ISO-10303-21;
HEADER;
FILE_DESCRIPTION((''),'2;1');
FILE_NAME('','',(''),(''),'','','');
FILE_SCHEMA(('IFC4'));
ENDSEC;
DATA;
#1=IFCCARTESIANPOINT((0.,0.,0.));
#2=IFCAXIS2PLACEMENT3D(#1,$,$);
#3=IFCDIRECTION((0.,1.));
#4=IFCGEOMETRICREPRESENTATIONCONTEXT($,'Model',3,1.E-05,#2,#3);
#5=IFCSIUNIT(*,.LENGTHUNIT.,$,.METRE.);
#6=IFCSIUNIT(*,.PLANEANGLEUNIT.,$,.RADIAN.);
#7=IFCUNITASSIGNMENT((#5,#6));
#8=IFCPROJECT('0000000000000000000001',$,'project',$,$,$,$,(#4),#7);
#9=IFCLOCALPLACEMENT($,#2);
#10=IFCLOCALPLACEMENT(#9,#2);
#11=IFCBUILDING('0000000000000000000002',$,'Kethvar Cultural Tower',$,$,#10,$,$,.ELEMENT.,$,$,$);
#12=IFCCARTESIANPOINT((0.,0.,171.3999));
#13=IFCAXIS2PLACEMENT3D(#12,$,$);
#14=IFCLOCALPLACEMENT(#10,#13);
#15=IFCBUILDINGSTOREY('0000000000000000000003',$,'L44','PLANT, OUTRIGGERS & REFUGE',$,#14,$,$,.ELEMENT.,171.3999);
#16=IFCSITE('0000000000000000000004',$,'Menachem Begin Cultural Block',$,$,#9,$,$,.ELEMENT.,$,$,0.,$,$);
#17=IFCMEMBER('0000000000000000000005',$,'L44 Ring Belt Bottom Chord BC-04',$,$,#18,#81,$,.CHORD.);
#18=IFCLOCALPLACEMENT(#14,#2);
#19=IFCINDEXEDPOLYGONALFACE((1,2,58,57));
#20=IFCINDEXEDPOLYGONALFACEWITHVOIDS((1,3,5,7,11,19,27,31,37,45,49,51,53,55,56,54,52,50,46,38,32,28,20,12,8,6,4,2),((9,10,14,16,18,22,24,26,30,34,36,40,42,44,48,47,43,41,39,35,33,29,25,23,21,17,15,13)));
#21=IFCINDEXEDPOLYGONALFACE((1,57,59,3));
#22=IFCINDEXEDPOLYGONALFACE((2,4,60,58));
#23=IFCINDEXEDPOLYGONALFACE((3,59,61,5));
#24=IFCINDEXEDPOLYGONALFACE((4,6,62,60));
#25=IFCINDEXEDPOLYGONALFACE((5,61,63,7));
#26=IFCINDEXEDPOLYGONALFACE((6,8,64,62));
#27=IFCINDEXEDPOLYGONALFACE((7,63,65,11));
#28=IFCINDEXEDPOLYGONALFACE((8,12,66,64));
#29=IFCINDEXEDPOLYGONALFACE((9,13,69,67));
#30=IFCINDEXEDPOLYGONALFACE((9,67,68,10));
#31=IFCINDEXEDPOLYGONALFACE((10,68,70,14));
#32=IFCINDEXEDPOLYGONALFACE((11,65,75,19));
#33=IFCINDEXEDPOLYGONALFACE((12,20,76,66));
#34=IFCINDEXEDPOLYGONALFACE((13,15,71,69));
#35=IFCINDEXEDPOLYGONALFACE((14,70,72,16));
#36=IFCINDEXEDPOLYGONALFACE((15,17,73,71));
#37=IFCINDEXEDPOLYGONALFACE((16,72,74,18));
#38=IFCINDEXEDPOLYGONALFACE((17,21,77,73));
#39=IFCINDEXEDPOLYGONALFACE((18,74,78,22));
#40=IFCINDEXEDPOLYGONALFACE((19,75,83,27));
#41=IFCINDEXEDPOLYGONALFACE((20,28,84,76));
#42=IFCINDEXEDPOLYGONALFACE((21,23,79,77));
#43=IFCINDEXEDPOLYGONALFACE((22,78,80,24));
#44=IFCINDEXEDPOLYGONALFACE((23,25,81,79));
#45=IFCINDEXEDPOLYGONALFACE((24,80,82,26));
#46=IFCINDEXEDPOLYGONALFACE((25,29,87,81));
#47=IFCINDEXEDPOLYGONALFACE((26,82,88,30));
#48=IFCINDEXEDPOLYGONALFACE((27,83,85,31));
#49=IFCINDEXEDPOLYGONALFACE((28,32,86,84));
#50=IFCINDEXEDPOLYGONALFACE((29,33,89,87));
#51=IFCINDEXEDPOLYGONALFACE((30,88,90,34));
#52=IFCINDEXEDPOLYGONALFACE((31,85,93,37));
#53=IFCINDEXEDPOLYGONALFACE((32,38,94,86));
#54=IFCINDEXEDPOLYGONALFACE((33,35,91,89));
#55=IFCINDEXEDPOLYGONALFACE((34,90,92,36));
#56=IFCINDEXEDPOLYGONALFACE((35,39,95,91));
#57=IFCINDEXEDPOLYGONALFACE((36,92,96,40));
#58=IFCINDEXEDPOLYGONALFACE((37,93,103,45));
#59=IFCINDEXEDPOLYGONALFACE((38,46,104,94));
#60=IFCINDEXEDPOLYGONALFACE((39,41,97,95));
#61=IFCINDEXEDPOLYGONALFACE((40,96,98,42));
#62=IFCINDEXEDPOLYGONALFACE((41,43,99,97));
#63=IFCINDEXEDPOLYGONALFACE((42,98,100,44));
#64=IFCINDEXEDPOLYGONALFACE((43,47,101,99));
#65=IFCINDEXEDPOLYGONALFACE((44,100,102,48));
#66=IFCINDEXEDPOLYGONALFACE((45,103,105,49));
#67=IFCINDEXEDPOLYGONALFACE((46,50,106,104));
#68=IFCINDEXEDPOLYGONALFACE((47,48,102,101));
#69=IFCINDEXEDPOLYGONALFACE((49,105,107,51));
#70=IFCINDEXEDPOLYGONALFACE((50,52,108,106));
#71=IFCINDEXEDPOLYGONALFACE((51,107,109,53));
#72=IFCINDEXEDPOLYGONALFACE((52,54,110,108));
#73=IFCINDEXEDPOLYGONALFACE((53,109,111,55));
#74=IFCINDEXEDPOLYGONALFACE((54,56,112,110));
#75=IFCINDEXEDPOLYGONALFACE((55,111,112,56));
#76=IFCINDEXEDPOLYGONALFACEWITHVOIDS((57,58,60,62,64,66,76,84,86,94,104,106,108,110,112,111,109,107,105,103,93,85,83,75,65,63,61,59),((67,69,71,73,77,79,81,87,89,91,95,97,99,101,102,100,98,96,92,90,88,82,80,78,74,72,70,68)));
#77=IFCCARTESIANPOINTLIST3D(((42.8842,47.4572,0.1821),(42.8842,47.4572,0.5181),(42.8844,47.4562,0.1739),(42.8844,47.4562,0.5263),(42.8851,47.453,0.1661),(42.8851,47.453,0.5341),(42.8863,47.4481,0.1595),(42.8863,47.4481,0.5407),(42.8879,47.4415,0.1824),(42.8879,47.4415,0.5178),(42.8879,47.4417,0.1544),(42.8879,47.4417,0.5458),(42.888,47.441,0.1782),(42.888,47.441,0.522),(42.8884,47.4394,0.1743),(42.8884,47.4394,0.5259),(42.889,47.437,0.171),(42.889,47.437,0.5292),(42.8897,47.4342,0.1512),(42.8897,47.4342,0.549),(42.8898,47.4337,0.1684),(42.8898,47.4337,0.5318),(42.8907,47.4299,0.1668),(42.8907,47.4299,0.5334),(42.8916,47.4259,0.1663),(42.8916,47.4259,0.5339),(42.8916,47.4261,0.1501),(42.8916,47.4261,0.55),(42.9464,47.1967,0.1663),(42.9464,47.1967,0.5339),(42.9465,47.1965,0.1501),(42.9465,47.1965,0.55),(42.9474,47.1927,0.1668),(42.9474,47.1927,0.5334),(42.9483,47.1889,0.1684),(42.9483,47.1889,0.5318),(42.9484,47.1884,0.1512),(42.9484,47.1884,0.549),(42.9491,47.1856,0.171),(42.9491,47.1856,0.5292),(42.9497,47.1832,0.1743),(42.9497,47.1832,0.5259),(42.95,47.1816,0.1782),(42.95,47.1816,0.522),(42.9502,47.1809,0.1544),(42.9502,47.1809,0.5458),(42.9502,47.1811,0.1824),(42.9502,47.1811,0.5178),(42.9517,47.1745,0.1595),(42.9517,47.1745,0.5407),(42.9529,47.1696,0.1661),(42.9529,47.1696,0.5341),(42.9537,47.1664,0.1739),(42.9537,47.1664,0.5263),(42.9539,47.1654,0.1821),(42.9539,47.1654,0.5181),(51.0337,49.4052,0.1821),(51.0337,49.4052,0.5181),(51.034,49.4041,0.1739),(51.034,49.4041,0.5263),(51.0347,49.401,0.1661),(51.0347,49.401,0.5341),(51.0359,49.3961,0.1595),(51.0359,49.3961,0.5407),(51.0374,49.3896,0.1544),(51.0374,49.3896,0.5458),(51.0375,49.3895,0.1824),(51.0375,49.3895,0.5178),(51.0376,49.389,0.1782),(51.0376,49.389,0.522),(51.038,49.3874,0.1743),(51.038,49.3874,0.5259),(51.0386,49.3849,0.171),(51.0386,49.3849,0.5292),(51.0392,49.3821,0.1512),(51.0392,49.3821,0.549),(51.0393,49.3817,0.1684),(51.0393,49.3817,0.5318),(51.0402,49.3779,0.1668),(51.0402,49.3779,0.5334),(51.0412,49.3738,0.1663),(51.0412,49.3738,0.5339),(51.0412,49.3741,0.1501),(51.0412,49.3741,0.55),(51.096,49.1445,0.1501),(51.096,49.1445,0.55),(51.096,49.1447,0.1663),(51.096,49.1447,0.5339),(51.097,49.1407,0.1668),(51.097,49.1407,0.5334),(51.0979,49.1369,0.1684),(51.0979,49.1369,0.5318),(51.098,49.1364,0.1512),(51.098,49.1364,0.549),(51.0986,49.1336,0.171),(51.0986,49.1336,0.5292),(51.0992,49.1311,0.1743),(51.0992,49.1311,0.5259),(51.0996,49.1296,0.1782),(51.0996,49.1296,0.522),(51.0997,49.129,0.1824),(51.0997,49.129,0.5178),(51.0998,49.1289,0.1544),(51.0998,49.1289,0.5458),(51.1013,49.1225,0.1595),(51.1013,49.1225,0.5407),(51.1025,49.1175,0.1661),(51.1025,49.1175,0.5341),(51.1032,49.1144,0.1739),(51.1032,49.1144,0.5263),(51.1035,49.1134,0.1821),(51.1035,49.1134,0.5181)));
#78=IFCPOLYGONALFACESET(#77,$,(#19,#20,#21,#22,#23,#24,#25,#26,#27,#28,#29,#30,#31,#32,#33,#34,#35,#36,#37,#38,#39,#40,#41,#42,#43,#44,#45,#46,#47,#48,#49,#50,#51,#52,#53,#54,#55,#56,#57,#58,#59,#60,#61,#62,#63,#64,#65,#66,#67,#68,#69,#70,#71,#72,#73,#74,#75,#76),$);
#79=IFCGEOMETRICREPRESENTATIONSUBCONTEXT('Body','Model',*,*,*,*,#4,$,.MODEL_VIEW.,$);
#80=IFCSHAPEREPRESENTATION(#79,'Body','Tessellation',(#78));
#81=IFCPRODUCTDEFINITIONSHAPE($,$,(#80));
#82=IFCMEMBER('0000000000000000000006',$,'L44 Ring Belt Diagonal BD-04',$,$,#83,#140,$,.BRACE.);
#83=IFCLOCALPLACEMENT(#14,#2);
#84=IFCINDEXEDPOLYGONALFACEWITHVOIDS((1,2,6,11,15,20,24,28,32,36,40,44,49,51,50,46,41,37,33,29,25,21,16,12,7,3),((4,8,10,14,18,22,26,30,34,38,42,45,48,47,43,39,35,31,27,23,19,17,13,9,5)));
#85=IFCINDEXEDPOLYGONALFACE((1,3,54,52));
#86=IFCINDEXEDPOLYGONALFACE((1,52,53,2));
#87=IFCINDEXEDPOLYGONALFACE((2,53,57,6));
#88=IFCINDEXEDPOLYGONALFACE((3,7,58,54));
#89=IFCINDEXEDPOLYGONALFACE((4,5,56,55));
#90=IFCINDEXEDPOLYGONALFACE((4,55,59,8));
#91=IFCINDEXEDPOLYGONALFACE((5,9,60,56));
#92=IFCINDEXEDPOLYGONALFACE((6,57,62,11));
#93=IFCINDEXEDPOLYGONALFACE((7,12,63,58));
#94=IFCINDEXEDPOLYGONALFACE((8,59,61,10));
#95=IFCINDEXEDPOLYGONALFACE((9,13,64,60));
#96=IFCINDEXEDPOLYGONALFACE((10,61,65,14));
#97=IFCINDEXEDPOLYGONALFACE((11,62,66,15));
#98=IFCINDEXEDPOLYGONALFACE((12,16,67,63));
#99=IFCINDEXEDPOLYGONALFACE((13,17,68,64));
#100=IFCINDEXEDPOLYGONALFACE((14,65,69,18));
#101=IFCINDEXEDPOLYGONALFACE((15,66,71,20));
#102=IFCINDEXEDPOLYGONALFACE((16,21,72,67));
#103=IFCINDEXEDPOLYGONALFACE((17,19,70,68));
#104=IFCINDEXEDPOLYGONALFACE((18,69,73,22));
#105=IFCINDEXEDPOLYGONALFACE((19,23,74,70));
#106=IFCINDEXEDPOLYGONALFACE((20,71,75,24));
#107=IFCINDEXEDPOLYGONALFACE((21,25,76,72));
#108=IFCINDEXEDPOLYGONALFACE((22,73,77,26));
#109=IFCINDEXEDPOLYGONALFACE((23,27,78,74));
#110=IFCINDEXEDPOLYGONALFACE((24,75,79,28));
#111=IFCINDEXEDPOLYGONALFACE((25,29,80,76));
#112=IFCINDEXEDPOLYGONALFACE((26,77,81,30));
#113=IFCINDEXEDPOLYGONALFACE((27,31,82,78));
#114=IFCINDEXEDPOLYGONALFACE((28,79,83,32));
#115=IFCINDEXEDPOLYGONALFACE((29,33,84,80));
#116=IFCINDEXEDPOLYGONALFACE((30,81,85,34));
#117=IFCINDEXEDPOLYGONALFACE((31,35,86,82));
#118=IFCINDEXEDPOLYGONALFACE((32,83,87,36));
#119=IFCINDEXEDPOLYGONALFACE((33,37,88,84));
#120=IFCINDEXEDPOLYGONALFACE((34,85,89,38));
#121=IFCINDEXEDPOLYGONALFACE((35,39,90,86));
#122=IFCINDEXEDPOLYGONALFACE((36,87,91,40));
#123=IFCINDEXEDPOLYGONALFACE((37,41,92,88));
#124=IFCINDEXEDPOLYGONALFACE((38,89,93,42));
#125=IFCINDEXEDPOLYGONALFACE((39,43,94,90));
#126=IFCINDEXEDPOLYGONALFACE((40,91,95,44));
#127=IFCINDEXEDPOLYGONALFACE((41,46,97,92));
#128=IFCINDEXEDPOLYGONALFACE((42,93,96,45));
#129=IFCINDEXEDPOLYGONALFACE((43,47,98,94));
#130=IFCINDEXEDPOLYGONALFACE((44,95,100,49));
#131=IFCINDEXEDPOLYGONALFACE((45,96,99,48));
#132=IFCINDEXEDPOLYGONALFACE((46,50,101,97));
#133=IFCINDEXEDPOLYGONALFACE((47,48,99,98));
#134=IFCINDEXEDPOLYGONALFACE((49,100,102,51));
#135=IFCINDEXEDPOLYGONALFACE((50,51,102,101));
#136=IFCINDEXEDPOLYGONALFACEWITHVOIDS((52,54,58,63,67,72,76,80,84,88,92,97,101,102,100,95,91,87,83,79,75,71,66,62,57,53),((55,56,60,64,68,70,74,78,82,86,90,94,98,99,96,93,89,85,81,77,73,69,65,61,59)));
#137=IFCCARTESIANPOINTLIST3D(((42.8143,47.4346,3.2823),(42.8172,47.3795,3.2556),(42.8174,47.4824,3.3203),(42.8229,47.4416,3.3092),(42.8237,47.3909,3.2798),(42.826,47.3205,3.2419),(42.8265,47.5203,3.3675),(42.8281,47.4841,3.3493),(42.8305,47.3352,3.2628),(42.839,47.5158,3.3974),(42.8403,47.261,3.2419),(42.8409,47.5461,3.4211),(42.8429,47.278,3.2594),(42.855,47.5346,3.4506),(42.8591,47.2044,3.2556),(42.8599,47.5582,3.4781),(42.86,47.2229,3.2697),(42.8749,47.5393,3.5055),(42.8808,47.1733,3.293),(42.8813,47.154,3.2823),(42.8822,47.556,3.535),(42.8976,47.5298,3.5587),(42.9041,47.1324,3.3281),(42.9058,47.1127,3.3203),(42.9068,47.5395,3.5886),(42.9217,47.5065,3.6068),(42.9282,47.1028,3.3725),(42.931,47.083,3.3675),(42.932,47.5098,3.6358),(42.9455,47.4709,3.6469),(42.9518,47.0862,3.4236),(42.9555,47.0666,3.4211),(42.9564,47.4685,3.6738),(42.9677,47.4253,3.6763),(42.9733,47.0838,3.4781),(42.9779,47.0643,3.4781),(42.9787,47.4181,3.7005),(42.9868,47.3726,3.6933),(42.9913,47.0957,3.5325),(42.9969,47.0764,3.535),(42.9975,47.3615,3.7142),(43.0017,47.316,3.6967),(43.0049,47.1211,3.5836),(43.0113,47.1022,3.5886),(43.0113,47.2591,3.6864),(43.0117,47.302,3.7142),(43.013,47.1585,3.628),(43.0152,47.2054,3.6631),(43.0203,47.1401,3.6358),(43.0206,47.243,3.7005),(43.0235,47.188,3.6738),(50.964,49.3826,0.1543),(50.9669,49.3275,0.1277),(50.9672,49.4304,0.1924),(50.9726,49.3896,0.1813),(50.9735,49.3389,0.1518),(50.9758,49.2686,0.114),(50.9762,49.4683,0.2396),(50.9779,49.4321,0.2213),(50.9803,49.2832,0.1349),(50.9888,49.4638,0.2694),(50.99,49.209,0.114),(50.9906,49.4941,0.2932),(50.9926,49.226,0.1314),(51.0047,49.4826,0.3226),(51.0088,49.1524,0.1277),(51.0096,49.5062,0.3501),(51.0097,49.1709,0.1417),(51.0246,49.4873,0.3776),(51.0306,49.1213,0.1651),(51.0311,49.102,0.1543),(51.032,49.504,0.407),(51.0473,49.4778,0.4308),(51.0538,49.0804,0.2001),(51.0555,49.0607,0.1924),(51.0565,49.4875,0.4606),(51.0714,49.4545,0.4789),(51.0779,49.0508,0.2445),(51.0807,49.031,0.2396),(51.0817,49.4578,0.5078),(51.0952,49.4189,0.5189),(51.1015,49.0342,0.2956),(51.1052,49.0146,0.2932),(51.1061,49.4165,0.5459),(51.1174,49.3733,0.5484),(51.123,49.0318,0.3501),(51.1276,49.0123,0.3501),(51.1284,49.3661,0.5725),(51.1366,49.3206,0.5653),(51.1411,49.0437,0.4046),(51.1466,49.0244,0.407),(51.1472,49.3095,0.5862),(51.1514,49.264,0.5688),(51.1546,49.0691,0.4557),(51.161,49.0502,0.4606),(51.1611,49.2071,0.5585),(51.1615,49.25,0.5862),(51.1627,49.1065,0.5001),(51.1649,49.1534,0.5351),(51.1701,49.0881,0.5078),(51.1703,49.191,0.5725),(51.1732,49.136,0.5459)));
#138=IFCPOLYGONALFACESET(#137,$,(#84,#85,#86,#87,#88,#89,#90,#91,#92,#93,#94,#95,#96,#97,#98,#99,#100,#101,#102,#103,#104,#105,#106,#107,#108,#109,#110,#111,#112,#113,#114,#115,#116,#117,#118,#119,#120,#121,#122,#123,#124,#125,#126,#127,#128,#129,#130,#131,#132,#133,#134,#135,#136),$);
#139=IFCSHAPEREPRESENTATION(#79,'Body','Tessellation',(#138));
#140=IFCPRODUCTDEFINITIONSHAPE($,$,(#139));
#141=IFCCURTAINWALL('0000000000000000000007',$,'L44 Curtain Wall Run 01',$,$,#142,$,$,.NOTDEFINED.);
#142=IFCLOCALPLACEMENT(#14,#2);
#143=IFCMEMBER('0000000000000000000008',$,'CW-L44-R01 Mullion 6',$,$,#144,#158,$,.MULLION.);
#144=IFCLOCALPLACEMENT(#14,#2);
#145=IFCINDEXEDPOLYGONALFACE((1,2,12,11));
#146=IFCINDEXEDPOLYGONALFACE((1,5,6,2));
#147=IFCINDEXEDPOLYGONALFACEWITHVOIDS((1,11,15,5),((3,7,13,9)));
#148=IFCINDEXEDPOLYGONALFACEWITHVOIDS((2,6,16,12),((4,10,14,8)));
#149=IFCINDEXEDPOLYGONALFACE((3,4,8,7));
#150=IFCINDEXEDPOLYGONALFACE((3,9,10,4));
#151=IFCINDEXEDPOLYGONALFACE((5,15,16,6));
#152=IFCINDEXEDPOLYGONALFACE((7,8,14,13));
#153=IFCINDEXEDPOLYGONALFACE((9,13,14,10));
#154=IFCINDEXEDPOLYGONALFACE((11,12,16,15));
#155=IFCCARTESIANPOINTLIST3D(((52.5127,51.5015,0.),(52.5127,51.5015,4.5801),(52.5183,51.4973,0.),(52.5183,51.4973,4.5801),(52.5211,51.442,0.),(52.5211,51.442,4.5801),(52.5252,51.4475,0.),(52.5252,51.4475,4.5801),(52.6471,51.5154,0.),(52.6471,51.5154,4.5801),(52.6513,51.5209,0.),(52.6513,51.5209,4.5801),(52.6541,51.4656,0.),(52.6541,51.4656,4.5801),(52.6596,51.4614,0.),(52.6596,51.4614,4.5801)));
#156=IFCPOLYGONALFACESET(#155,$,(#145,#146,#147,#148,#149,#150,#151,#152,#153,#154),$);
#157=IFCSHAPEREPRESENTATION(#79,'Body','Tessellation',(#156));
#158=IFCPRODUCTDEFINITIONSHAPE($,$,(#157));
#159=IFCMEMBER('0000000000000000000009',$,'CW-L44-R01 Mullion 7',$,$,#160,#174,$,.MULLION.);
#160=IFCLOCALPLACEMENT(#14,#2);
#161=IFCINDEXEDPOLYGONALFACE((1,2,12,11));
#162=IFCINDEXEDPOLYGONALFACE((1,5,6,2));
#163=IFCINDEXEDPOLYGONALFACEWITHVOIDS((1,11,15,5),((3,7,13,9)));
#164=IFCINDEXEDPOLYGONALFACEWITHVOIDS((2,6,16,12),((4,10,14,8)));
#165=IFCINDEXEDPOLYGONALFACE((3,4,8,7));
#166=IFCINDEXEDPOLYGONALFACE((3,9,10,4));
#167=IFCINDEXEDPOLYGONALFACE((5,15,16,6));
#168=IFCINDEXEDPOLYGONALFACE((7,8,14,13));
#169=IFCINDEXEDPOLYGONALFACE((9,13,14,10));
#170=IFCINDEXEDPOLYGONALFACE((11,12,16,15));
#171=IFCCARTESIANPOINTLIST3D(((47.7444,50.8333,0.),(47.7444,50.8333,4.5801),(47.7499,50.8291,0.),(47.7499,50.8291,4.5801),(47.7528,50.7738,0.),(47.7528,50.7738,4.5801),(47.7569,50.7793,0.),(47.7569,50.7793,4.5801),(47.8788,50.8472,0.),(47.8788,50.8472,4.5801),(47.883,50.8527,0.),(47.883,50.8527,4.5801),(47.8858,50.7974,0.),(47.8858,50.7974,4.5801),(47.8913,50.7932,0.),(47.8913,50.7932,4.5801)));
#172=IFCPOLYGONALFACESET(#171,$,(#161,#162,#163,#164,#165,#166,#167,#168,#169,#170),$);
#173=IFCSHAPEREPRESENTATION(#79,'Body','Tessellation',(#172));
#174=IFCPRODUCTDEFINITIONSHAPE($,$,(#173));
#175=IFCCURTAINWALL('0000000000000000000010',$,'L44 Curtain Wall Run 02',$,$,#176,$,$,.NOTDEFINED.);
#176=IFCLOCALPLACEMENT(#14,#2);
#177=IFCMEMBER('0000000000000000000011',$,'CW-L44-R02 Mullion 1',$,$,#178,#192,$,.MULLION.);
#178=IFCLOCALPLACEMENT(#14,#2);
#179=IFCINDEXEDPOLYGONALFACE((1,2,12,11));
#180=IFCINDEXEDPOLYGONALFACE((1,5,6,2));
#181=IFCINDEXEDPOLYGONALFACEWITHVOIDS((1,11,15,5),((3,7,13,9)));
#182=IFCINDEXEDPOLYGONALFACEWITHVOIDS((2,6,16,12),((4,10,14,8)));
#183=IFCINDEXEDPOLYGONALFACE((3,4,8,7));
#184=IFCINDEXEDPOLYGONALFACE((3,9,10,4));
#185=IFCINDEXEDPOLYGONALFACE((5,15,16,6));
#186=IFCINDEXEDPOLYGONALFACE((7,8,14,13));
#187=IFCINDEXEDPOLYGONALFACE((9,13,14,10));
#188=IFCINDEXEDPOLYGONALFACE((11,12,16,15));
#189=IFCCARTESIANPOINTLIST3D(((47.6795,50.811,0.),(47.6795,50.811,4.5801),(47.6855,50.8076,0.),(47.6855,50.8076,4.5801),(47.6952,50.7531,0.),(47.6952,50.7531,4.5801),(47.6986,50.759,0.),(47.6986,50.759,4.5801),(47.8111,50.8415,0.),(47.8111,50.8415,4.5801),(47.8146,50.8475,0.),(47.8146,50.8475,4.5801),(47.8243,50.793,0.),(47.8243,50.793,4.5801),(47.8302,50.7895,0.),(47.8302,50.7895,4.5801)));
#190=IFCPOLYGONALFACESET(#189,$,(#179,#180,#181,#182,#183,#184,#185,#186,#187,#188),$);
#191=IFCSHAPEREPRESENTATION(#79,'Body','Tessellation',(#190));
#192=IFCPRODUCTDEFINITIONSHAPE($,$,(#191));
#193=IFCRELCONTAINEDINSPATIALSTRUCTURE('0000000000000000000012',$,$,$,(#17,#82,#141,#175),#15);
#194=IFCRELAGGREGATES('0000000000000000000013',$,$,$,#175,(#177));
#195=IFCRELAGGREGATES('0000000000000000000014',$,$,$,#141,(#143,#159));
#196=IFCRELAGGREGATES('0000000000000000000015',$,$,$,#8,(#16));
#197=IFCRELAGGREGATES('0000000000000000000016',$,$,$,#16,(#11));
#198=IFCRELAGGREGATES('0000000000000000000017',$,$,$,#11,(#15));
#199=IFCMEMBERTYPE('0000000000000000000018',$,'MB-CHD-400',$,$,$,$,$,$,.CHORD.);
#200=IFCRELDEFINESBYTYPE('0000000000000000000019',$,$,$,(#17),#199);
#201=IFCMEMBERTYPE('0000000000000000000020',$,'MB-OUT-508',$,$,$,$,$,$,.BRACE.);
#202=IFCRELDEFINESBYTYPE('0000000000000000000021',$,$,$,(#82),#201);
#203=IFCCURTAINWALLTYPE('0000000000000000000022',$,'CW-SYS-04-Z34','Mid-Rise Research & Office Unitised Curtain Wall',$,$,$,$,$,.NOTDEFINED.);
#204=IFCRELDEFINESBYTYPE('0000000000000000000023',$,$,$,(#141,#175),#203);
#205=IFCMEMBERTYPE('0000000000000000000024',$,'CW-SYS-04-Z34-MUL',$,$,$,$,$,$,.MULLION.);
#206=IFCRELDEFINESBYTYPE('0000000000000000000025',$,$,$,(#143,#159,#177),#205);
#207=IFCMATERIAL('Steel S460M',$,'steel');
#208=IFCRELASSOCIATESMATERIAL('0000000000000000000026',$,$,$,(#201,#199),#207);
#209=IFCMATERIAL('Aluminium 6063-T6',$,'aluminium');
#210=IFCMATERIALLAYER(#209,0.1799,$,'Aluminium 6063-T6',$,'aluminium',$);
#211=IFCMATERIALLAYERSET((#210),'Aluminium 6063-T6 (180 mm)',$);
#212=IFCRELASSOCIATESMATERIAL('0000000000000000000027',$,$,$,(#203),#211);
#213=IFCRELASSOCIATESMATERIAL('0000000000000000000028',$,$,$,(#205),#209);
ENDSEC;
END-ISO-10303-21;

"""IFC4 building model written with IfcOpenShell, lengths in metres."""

from ifc_helpers import new_model, si_unit, direction, frame, origin, origin_2d, place, context, subcontext, project, spatial, hollow_rectangle, hollow_circle, extrude, source, transform, mapped, material, layer, layer_set, material_profile, profile_set, type_object, element, aggregate, save


model = new_model("IFC4")

# Units and contexts
model_context = context("Model", 3, precision=1e-05, world=origin(), true_north=direction((0.0, 1.0)))
body_context = subcontext(model_context, "Body", "Model", "MODEL_VIEW")
ifc_project = project(units=[si_unit("LENGTHUNIT", "METRE"), si_unit("PLANEANGLEUNIT", "RADIAN")], contexts=[model_context])

# Site, building, storey
site_placement = place(None, origin())
site = spatial("IfcSite", under=ifc_project, at=site_placement, Name="Menachem Begin Cultural Block", CompositionType="ELEMENT", RefElevation=0.0)
building_placement = place(site_placement, origin())
building = spatial("IfcBuilding", under=site, at=building_placement, Name="Kethvar Cultural Tower", CompositionType="ELEMENT")
storey_placement = place(building_placement, frame((0.0, 0.0, 171.3999)))
storey = spatial("IfcBuildingStorey", under=building, at=storey_placement, Name="L44", Description="PLANT, OUTRIGGERS & REFUGE", CompositionType="ELEMENT", Elevation=171.3999)

# Shared definitions
ifc_material_1 = material(Name="Steel S460M", Category="steel")

# Shared definitions
ifc_material_profile_1 = material_profile(ifc_material_1, hollow_circle(Radius=0.2539, WallThickness=0.02, at=origin_2d()), Name="Steel S460M — CHS508x20")
ifc_profile_set_1 = profile_set([ifc_material_profile_1], Name="Steel S460M — CHS508x20")
member_type_1 = type_object("IfcMemberType", Name="MB-OUT-508", PredefinedType="BRACE", material=ifc_profile_set_1)

# Members
ifc_material_profile_2 = material_profile(ifc_material_1, hollow_rectangle(XDim=0.3, YDim=0.3999, WallThickness=0.0161, InnerFilletRadius=0.0161, OuterFilletRadius=0.032, at=origin_2d()), Name="Steel S460M — RHS400x300x16")
ifc_profile_set_2 = profile_set([ifc_material_profile_2], Name="Steel S460M — RHS400x300x16")
member_type_2 = type_object("IfcMemberType", Name="MB-CHD-400", PredefinedType="CHORD", material=ifc_profile_set_2)
shared_shape_1 = source(origin(), body_context, "Body", "SweptSolid", [
    extrude(hollow_rectangle(XDim=0.3, YDim=0.3999, WallThickness=0.0161, InnerFilletRadius=0.0161, OuterFilletRadius=0.032, at=origin_2d()), origin(), (0.0, 0.0, 1.0), 8.3792),
])
member_1_placement = place(storey_placement, frame((51.0686, 49.2593, 0.3501), z_axis=(-0.972601, -0.232479, 0.0), x_axis=(0.232479, -0.972601, 0.0)))
element("IfcMember", 1, at=member_1_placement, inside=storey, type_object=member_type_2, Name="L44 Ring Belt Bottom Chord BC-04", PredefinedType="CHORD", context=body_context, shape_type="MappedRepresentation", body=[
    mapped(shared_shape_1, transform((0.0, 0.0, 0.0), scale=1.0)),
])
shared_shape_2 = source(origin(), body_context, "Body", "SweptSolid", [
    extrude(hollow_circle(Radius=0.2539, WallThickness=0.02, at=origin_2d()), origin(), (0.0, 0.0, 1.0), 8.9441),
])
member_2_placement = place(storey_placement, frame((51.0686, 49.2593, 0.3501), z_axis=(-0.911185, -0.217799, 0.349723), x_axis=(0.232479, -0.972601, 0.0)))
element("IfcMember", 2, at=member_2_placement, inside=storey, type_object=member_type_1, Name="L44 Ring Belt Diagonal BD-04", PredefinedType="BRACE", context=body_context, shape_type="MappedRepresentation", body=[
    mapped(shared_shape_2, transform((0.0, 0.0, 0.0), scale=1.0)),
])

# Curtain wall, members
ifc_material_2 = material(Name="Aluminium 6063-T6", Category="aluminium")
ifc_layer_1 = layer(ifc_material_2, 0.1799, Name="Aluminium 6063-T6", Category="aluminium")
ifc_layer_set_1 = layer_set([ifc_layer_1], Name="Aluminium 6063-T6 (180 mm)")
curtain_wall_type = type_object("IfcCurtainWallType", Name="CW-SYS-04-Z34", Description="Mid-Rise Research & Office Unitised Curtain Wall", PredefinedType="NOTDEFINED", material=ifc_layer_set_1)
curtain_wall_1_placement = place(storey_placement, origin())
curtain_wall_1 = element("IfcCurtainWall", 3, at=curtain_wall_1_placement, inside=storey, type_object=curtain_wall_type, Name="L44 Curtain Wall Run 01", PredefinedType="NOTDEFINED")
ifc_material_profile_3 = material_profile(ifc_material_2, hollow_rectangle(XDim=0.0601, YDim=0.1399, WallThickness=0.0049, at=origin_2d()), Name="Aluminium 6063-T6 — RHS140x60x5")
ifc_profile_set_3 = profile_set([ifc_material_profile_3], Name="Aluminium 6063-T6 — RHS140x60x5")
member_type_3 = type_object("IfcMemberType", Name="CW-SYS-04-Z34-MUL", PredefinedType="MULLION", material=ifc_profile_set_3)
shared_shape_3 = source(origin(), body_context, "Body", "SweptSolid", [
    extrude(hollow_rectangle(XDim=0.0601, YDim=0.1399, WallThickness=0.0049, at=origin_2d()), origin(), (0.0, 0.0, 1.0), 4.5801),
])
member_3_placement = place(storey_placement, frame((52.5862, 51.4814, 0.0), z_axis=(0.0, 0.0, 1.0), x_axis=(0.138776, -0.990324, 0.0)))
member_3 = element("IfcMember", 4, at=member_3_placement, type_object=member_type_3, Name="CW-L44-R01 Mullion 6", PredefinedType="MULLION", context=body_context, shape_type="MappedRepresentation", body=[
    mapped(shared_shape_3, transform((0.0, 0.0, 0.0), scale=1.0)),
])
member_4_placement = place(storey_placement, frame((47.8179, 50.8132, 0.0), z_axis=(0.0, 0.0, 1.0), x_axis=(0.138776, -0.990324, 0.0)))
member_4 = element("IfcMember", 5, at=member_4_placement, type_object=member_type_3, Name="CW-L44-R01 Mullion 7", PredefinedType="MULLION", context=body_context, shape_type="MappedRepresentation", body=[
    mapped(shared_shape_3, transform((0.0, 0.0, 0.0), scale=1.0)),
])

# Curtain wall, member
curtain_wall_2_placement = place(storey_placement, origin())
curtain_wall_2 = element("IfcCurtainWall", 6, at=curtain_wall_2_placement, inside=storey, type_object=curtain_wall_type, Name="L44 Curtain Wall Run 02", PredefinedType="NOTDEFINED")
member_5_placement = place(storey_placement, frame((47.7549, 50.8003, 0.0), z_axis=(0.0, 0.0, 1.0), x_axis=(0.260774, -0.9654, 0.0)))
member_5 = element("IfcMember", 7, at=member_5_placement, type_object=member_type_3, Name="CW-L44-R02 Mullion 1", PredefinedType="MULLION", context=body_context, shape_type="MappedRepresentation", body=[
    mapped(shared_shape_3, transform((0.0, 0.0, 0.0), scale=1.0)),
])

aggregate(curtain_wall_2, [member_5])

aggregate(curtain_wall_1, [member_3, member_4])

save(model, "model.ifc")
